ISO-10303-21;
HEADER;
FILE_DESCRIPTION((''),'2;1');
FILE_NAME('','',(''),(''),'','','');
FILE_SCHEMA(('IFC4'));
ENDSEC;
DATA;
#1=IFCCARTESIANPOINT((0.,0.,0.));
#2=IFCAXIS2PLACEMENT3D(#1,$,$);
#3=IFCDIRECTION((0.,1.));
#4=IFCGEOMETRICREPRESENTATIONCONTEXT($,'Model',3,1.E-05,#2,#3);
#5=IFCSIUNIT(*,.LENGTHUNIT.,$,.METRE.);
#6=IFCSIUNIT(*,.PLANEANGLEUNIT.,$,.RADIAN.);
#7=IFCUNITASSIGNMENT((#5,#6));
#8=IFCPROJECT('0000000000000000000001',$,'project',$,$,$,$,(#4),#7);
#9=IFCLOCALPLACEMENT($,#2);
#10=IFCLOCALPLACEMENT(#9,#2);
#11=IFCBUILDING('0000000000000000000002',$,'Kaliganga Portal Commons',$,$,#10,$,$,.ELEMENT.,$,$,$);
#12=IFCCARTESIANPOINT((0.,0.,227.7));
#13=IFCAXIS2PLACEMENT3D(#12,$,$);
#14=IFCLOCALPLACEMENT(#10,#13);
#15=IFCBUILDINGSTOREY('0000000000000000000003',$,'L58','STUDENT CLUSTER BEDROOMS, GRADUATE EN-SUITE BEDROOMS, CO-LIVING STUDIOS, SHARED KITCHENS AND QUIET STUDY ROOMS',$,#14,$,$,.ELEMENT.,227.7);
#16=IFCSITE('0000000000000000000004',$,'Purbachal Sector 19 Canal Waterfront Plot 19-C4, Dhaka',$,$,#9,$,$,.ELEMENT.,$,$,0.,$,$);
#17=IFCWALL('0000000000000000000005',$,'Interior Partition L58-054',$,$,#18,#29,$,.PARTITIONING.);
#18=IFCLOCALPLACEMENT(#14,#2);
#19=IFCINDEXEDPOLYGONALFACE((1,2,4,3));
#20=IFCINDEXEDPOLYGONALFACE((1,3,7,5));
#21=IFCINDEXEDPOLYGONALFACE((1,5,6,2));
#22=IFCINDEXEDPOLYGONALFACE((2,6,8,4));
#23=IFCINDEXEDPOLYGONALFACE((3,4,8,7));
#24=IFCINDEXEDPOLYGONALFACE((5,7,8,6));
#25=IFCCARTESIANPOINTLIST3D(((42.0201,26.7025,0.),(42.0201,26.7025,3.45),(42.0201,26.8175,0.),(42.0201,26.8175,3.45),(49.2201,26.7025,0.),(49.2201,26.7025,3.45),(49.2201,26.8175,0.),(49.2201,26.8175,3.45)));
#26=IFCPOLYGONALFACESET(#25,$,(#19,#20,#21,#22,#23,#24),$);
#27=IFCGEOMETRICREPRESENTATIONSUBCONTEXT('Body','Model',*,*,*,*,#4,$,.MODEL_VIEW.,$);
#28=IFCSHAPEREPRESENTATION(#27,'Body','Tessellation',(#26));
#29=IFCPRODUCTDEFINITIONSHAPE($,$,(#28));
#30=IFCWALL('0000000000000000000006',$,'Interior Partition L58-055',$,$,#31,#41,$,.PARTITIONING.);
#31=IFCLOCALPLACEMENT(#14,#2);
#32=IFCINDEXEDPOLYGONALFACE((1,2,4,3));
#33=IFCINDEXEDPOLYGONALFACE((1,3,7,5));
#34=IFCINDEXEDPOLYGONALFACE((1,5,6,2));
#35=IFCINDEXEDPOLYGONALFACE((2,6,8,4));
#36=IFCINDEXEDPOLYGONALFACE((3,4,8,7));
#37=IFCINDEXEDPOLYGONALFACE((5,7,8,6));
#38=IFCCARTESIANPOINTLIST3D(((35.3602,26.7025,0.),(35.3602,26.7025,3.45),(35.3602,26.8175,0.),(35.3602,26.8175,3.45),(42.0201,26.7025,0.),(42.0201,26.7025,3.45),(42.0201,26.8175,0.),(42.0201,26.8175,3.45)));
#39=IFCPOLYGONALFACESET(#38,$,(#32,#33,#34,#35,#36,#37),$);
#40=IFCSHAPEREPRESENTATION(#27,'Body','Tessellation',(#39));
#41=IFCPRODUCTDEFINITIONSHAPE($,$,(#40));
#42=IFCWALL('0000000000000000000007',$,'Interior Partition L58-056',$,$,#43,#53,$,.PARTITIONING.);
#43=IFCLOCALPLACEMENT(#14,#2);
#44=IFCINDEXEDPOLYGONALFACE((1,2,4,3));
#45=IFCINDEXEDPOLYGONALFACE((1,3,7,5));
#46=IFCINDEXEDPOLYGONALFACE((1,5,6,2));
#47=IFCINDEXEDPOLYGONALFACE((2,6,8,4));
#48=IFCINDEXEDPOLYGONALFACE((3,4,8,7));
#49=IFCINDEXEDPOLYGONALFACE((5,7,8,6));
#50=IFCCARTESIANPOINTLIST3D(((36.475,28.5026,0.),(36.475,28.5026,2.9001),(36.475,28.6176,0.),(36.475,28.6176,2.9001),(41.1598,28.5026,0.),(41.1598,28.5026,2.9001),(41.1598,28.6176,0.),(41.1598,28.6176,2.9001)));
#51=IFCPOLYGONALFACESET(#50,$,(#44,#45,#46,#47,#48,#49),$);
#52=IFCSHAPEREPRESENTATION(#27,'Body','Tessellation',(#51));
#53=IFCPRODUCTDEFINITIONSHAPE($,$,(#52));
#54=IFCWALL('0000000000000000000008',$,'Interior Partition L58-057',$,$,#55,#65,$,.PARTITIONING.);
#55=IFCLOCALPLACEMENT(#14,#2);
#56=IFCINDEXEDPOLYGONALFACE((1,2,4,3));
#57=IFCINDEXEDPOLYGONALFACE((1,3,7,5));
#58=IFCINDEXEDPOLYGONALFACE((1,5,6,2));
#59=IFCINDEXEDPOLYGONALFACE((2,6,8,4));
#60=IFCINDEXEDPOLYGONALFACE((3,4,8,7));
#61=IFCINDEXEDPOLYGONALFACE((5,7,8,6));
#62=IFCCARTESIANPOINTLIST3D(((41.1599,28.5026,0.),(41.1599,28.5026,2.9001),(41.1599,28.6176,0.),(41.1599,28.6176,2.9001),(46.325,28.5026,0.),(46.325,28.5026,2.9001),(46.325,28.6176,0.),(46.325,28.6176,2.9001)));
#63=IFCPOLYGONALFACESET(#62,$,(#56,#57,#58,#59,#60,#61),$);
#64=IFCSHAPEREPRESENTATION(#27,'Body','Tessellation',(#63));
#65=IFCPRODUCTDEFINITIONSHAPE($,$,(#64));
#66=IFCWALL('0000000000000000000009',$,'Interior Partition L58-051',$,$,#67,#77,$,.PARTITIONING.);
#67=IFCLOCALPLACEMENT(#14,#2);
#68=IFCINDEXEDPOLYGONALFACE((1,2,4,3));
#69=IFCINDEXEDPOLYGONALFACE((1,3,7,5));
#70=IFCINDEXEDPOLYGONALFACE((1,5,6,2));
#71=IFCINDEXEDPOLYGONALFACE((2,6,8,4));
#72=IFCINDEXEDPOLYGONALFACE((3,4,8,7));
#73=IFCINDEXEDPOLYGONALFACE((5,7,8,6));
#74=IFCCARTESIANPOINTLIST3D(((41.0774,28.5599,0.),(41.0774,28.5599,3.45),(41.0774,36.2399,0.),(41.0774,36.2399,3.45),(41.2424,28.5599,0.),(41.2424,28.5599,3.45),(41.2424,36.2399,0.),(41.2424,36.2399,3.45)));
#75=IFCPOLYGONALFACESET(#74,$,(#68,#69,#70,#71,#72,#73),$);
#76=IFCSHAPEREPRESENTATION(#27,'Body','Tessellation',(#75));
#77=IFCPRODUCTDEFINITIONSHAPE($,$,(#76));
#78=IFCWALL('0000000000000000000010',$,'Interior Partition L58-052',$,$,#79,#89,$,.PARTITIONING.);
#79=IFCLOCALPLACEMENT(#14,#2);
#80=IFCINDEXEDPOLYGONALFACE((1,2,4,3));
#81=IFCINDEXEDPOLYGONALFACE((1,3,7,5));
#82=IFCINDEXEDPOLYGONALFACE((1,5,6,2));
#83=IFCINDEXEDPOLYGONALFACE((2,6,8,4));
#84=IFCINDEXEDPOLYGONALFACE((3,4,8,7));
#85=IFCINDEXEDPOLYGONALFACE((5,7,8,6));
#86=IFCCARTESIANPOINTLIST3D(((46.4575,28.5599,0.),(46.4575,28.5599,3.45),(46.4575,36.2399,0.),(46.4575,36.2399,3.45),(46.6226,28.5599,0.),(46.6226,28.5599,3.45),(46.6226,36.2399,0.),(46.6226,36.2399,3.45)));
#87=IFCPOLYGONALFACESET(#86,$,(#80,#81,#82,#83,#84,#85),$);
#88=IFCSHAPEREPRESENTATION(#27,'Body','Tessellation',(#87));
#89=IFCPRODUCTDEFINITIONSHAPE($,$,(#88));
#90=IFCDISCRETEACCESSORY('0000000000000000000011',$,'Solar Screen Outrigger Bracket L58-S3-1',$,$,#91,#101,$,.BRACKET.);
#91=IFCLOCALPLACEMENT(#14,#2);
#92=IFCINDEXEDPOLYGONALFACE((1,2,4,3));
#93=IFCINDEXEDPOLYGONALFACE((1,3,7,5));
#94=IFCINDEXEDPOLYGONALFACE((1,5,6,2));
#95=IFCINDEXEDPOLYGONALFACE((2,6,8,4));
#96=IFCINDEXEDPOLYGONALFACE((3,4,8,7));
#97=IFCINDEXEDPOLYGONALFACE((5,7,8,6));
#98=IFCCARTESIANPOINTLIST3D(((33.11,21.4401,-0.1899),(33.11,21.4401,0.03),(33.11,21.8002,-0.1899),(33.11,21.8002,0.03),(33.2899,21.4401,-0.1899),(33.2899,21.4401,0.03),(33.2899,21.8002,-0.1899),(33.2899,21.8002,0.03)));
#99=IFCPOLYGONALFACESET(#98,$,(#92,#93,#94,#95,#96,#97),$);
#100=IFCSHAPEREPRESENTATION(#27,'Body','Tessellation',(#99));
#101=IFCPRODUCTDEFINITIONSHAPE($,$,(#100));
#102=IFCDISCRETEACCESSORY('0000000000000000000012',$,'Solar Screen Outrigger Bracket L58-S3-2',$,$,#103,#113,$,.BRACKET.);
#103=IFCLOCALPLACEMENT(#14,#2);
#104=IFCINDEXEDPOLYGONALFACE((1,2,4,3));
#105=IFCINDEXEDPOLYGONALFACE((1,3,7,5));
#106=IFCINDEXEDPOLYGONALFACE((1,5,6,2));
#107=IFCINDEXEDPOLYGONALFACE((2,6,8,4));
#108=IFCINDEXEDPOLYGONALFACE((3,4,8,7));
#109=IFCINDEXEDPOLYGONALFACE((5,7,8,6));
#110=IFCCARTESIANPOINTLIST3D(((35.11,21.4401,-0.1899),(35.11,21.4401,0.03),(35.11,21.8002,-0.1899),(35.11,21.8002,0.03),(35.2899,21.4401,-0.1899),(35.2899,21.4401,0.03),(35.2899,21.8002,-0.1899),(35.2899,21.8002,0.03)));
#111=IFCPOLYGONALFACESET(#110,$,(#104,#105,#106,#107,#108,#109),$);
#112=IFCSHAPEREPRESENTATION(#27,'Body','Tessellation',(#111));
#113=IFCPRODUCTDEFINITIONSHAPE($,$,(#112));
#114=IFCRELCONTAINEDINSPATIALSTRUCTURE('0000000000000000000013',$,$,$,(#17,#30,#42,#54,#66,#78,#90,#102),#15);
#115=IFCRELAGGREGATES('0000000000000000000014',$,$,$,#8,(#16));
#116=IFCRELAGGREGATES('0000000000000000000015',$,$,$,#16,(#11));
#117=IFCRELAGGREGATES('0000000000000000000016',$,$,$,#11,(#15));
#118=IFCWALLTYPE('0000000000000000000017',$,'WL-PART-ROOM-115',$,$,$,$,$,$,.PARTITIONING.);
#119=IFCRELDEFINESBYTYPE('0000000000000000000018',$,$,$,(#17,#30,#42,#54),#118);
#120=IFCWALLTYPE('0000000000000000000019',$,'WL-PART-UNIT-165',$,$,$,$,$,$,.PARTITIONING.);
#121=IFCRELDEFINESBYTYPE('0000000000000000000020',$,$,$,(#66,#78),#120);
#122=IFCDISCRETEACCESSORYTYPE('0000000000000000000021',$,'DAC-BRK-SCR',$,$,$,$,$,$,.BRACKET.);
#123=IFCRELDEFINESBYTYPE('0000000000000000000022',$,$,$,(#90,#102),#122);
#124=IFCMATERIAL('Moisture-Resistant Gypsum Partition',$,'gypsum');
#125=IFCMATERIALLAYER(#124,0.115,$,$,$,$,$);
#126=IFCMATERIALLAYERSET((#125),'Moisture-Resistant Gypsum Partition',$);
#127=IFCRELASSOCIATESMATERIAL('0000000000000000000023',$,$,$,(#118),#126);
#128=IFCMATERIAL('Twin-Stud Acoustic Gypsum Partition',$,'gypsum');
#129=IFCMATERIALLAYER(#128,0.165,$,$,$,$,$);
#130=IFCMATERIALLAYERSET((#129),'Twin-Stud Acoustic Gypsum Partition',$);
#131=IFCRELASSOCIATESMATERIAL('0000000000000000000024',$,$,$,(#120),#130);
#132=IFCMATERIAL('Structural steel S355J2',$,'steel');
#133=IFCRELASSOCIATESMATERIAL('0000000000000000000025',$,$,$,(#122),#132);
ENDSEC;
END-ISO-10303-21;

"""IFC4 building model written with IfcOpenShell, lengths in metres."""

from ifc_helpers import new_model, si_unit, direction, frame, frame_2d, origin, origin_2d, place, context, subcontext, project, spatial, rectangle, extrude, source, transform, mapped, material, layer, layer_set, type_object, element, save


model = new_model("IFC4")

# Units and contexts
model_context = context("Model", 3, precision=1e-05, world=origin(), true_north=direction((0.0, 1.0)))
body_context = subcontext(model_context, "Body", "Model", "MODEL_VIEW")
ifc_project = project(units=[si_unit("LENGTHUNIT", "METRE"), si_unit("PLANEANGLEUNIT", "RADIAN")], contexts=[model_context])

# Site, building, storey
site_placement = place(None, origin())
site = spatial("IfcSite", under=ifc_project, at=site_placement, Name="Purbachal Sector 19 Canal Waterfront Plot 19-C4, Dhaka", CompositionType="ELEMENT", RefElevation=0.0)
building_placement = place(site_placement, origin())
building = spatial("IfcBuilding", under=site, at=building_placement, Name="Kaliganga Portal Commons", CompositionType="ELEMENT")
storey_placement = place(building_placement, frame((0.0, 0.0, 227.7)))
storey = spatial("IfcBuildingStorey", under=building, at=storey_placement, Name="L58", Description="STUDENT CLUSTER BEDROOMS, GRADUATE EN-SUITE BEDROOMS, CO-LIVING STUDIOS, SHARED KITCHENS AND QUIET STUDY ROOMS", CompositionType="ELEMENT", Elevation=227.7)

# Shared definitions
ifc_material_1 = material(Name="Structural steel S355J2", Category="steel")

# Walls
ifc_material_2 = material(Name="Moisture-Resistant Gypsum Partition", Category="gypsum")
ifc_layer_1 = layer(ifc_material_2, 0.115)
ifc_layer_set_1 = layer_set([ifc_layer_1], Name="Moisture-Resistant Gypsum Partition")
wall_type_1 = type_object("IfcWallType", Name="WL-PART-ROOM-115", PredefinedType="PARTITIONING", material=ifc_layer_set_1)
wall_1_placement = place(storey_placement, frame((42.02, 26.76, 0.0), z_axis=(0.0, 0.0, 1.0), x_axis=(1.0, 0.0, 0.0)))
element("IfcWall", 1, at=wall_1_placement, inside=storey, type_object=wall_type_1, Name="Interior Partition L58-054", PredefinedType="PARTITIONING", context=body_context, shape_type="SweptSolid", body=[
    extrude(rectangle(XDim=7.2, YDim=0.115, at=frame_2d((3.6001, 0.0))), origin(), (0.0, 0.0, 1.0), 3.45),
])
wall_2_placement = place(storey_placement, frame((35.3601, 26.76, 0.0), z_axis=(0.0, 0.0, 1.0), x_axis=(1.0, 0.0, 0.0)))
element("IfcWall", 2, at=wall_2_placement, inside=storey, type_object=wall_type_1, Name="Interior Partition L58-055", PredefinedType="PARTITIONING", context=body_context, shape_type="SweptSolid", body=[
    extrude(rectangle(XDim=6.6599, YDim=0.115, at=frame_2d((3.3301, 0.0))), origin(), (0.0, 0.0, 1.0), 3.45),
])
wall_3_placement = place(storey_placement, frame((36.4751, 28.5601, 0.0), z_axis=(0.0, 0.0, 1.0), x_axis=(1.0, 0.0, 0.0)))
element("IfcWall", 3, at=wall_3_placement, inside=storey, type_object=wall_type_1, Name="Interior Partition L58-056", PredefinedType="PARTITIONING", context=body_context, shape_type="SweptSolid", body=[
    extrude(rectangle(XDim=4.6848, YDim=0.115, at=frame_2d((2.3423, 0.0))), origin(), (0.0, 0.0, 1.0), 2.9001),
])
wall_4_placement = place(storey_placement, frame((41.1599, 28.5601, 0.0), z_axis=(0.0, 0.0, 1.0), x_axis=(1.0, 0.0, 0.0)))
element("IfcWall", 4, at=wall_4_placement, inside=storey, type_object=wall_type_1, Name="Interior Partition L58-057", PredefinedType="PARTITIONING", context=body_context, shape_type="SweptSolid", body=[
    extrude(rectangle(XDim=5.165, YDim=0.115, at=frame_2d((2.5825, 0.0))), origin(), (0.0, 0.0, 1.0), 2.9001),
])
ifc_material_3 = material(Name="Twin-Stud Acoustic Gypsum Partition", Category="gypsum")
ifc_layer_2 = layer(ifc_material_3, 0.165)
ifc_layer_set_2 = layer_set([ifc_layer_2], Name="Twin-Stud Acoustic Gypsum Partition")
wall_type_2 = type_object("IfcWallType", Name="WL-PART-UNIT-165", PredefinedType="PARTITIONING", material=ifc_layer_set_2)
for number, where, z_axis, x_axis, name in (
    (5, (41.1599, 28.5601, 0.0), (0.0, 0.0, 1.0), (0.0, 1.0, 0.0), "Interior Partition L58-051"),
    (6, (46.54, 28.5601, 0.0), (0.0, 0.0, 1.0), (0.0, 1.0, 0.0), "Interior Partition L58-052"),
):
    element("IfcWall", number, at=place(storey_placement, frame(where, z_axis=z_axis, x_axis=x_axis)), inside=storey, type_object=wall_type_2, Name=name, PredefinedType="PARTITIONING", context=body_context, shape_type="SweptSolid", body=[
        extrude(rectangle(XDim=7.6799, YDim=0.165, at=frame_2d((3.8398, 0.0))), origin(), (0.0, 0.0, 1.0), 3.45),
    ])

# Discrete accessories
discrete_accessory_type = type_object("IfcDiscreteAccessoryType", Name="DAC-BRK-SCR", PredefinedType="BRACKET", material=ifc_material_1)
shared_shape_1 = source(origin(), body_context, "Body", "SweptSolid", [
    extrude(rectangle(XDim=0.1799, YDim=0.3601, at=origin_2d()), origin(), (0.0, 0.0, 1.0), 0.22),
])
for number, where, z_axis, x_axis, name in (
    (7, (33.2, 21.6201, -0.1899), (0.0, 0.0, 1.0), (1.0, 0.0, 0.0), "Solar Screen Outrigger Bracket L58-S3-1"),
    (8, (35.2, 21.6201, -0.1899), (0.0, 0.0, 1.0), (1.0, 0.0, 0.0), "Solar Screen Outrigger Bracket L58-S3-2"),
):
    element("IfcDiscreteAccessory", number, at=place(storey_placement, frame(where, z_axis=z_axis, x_axis=x_axis)), inside=storey, type_object=discrete_accessory_type, Name=name, PredefinedType="BRACKET", context=body_context, shape_type="MappedRepresentation", body=[
        mapped(shared_shape_1, transform((0.0, 0.0, 0.0), x_axis=(1.0, 0.0, 0.0), y_axis=(0.0, 1.0, 0.0), z_axis=(0.0, 0.0, 1.0), scale=1.0)),
    ])

save(model, "model.ifc")
